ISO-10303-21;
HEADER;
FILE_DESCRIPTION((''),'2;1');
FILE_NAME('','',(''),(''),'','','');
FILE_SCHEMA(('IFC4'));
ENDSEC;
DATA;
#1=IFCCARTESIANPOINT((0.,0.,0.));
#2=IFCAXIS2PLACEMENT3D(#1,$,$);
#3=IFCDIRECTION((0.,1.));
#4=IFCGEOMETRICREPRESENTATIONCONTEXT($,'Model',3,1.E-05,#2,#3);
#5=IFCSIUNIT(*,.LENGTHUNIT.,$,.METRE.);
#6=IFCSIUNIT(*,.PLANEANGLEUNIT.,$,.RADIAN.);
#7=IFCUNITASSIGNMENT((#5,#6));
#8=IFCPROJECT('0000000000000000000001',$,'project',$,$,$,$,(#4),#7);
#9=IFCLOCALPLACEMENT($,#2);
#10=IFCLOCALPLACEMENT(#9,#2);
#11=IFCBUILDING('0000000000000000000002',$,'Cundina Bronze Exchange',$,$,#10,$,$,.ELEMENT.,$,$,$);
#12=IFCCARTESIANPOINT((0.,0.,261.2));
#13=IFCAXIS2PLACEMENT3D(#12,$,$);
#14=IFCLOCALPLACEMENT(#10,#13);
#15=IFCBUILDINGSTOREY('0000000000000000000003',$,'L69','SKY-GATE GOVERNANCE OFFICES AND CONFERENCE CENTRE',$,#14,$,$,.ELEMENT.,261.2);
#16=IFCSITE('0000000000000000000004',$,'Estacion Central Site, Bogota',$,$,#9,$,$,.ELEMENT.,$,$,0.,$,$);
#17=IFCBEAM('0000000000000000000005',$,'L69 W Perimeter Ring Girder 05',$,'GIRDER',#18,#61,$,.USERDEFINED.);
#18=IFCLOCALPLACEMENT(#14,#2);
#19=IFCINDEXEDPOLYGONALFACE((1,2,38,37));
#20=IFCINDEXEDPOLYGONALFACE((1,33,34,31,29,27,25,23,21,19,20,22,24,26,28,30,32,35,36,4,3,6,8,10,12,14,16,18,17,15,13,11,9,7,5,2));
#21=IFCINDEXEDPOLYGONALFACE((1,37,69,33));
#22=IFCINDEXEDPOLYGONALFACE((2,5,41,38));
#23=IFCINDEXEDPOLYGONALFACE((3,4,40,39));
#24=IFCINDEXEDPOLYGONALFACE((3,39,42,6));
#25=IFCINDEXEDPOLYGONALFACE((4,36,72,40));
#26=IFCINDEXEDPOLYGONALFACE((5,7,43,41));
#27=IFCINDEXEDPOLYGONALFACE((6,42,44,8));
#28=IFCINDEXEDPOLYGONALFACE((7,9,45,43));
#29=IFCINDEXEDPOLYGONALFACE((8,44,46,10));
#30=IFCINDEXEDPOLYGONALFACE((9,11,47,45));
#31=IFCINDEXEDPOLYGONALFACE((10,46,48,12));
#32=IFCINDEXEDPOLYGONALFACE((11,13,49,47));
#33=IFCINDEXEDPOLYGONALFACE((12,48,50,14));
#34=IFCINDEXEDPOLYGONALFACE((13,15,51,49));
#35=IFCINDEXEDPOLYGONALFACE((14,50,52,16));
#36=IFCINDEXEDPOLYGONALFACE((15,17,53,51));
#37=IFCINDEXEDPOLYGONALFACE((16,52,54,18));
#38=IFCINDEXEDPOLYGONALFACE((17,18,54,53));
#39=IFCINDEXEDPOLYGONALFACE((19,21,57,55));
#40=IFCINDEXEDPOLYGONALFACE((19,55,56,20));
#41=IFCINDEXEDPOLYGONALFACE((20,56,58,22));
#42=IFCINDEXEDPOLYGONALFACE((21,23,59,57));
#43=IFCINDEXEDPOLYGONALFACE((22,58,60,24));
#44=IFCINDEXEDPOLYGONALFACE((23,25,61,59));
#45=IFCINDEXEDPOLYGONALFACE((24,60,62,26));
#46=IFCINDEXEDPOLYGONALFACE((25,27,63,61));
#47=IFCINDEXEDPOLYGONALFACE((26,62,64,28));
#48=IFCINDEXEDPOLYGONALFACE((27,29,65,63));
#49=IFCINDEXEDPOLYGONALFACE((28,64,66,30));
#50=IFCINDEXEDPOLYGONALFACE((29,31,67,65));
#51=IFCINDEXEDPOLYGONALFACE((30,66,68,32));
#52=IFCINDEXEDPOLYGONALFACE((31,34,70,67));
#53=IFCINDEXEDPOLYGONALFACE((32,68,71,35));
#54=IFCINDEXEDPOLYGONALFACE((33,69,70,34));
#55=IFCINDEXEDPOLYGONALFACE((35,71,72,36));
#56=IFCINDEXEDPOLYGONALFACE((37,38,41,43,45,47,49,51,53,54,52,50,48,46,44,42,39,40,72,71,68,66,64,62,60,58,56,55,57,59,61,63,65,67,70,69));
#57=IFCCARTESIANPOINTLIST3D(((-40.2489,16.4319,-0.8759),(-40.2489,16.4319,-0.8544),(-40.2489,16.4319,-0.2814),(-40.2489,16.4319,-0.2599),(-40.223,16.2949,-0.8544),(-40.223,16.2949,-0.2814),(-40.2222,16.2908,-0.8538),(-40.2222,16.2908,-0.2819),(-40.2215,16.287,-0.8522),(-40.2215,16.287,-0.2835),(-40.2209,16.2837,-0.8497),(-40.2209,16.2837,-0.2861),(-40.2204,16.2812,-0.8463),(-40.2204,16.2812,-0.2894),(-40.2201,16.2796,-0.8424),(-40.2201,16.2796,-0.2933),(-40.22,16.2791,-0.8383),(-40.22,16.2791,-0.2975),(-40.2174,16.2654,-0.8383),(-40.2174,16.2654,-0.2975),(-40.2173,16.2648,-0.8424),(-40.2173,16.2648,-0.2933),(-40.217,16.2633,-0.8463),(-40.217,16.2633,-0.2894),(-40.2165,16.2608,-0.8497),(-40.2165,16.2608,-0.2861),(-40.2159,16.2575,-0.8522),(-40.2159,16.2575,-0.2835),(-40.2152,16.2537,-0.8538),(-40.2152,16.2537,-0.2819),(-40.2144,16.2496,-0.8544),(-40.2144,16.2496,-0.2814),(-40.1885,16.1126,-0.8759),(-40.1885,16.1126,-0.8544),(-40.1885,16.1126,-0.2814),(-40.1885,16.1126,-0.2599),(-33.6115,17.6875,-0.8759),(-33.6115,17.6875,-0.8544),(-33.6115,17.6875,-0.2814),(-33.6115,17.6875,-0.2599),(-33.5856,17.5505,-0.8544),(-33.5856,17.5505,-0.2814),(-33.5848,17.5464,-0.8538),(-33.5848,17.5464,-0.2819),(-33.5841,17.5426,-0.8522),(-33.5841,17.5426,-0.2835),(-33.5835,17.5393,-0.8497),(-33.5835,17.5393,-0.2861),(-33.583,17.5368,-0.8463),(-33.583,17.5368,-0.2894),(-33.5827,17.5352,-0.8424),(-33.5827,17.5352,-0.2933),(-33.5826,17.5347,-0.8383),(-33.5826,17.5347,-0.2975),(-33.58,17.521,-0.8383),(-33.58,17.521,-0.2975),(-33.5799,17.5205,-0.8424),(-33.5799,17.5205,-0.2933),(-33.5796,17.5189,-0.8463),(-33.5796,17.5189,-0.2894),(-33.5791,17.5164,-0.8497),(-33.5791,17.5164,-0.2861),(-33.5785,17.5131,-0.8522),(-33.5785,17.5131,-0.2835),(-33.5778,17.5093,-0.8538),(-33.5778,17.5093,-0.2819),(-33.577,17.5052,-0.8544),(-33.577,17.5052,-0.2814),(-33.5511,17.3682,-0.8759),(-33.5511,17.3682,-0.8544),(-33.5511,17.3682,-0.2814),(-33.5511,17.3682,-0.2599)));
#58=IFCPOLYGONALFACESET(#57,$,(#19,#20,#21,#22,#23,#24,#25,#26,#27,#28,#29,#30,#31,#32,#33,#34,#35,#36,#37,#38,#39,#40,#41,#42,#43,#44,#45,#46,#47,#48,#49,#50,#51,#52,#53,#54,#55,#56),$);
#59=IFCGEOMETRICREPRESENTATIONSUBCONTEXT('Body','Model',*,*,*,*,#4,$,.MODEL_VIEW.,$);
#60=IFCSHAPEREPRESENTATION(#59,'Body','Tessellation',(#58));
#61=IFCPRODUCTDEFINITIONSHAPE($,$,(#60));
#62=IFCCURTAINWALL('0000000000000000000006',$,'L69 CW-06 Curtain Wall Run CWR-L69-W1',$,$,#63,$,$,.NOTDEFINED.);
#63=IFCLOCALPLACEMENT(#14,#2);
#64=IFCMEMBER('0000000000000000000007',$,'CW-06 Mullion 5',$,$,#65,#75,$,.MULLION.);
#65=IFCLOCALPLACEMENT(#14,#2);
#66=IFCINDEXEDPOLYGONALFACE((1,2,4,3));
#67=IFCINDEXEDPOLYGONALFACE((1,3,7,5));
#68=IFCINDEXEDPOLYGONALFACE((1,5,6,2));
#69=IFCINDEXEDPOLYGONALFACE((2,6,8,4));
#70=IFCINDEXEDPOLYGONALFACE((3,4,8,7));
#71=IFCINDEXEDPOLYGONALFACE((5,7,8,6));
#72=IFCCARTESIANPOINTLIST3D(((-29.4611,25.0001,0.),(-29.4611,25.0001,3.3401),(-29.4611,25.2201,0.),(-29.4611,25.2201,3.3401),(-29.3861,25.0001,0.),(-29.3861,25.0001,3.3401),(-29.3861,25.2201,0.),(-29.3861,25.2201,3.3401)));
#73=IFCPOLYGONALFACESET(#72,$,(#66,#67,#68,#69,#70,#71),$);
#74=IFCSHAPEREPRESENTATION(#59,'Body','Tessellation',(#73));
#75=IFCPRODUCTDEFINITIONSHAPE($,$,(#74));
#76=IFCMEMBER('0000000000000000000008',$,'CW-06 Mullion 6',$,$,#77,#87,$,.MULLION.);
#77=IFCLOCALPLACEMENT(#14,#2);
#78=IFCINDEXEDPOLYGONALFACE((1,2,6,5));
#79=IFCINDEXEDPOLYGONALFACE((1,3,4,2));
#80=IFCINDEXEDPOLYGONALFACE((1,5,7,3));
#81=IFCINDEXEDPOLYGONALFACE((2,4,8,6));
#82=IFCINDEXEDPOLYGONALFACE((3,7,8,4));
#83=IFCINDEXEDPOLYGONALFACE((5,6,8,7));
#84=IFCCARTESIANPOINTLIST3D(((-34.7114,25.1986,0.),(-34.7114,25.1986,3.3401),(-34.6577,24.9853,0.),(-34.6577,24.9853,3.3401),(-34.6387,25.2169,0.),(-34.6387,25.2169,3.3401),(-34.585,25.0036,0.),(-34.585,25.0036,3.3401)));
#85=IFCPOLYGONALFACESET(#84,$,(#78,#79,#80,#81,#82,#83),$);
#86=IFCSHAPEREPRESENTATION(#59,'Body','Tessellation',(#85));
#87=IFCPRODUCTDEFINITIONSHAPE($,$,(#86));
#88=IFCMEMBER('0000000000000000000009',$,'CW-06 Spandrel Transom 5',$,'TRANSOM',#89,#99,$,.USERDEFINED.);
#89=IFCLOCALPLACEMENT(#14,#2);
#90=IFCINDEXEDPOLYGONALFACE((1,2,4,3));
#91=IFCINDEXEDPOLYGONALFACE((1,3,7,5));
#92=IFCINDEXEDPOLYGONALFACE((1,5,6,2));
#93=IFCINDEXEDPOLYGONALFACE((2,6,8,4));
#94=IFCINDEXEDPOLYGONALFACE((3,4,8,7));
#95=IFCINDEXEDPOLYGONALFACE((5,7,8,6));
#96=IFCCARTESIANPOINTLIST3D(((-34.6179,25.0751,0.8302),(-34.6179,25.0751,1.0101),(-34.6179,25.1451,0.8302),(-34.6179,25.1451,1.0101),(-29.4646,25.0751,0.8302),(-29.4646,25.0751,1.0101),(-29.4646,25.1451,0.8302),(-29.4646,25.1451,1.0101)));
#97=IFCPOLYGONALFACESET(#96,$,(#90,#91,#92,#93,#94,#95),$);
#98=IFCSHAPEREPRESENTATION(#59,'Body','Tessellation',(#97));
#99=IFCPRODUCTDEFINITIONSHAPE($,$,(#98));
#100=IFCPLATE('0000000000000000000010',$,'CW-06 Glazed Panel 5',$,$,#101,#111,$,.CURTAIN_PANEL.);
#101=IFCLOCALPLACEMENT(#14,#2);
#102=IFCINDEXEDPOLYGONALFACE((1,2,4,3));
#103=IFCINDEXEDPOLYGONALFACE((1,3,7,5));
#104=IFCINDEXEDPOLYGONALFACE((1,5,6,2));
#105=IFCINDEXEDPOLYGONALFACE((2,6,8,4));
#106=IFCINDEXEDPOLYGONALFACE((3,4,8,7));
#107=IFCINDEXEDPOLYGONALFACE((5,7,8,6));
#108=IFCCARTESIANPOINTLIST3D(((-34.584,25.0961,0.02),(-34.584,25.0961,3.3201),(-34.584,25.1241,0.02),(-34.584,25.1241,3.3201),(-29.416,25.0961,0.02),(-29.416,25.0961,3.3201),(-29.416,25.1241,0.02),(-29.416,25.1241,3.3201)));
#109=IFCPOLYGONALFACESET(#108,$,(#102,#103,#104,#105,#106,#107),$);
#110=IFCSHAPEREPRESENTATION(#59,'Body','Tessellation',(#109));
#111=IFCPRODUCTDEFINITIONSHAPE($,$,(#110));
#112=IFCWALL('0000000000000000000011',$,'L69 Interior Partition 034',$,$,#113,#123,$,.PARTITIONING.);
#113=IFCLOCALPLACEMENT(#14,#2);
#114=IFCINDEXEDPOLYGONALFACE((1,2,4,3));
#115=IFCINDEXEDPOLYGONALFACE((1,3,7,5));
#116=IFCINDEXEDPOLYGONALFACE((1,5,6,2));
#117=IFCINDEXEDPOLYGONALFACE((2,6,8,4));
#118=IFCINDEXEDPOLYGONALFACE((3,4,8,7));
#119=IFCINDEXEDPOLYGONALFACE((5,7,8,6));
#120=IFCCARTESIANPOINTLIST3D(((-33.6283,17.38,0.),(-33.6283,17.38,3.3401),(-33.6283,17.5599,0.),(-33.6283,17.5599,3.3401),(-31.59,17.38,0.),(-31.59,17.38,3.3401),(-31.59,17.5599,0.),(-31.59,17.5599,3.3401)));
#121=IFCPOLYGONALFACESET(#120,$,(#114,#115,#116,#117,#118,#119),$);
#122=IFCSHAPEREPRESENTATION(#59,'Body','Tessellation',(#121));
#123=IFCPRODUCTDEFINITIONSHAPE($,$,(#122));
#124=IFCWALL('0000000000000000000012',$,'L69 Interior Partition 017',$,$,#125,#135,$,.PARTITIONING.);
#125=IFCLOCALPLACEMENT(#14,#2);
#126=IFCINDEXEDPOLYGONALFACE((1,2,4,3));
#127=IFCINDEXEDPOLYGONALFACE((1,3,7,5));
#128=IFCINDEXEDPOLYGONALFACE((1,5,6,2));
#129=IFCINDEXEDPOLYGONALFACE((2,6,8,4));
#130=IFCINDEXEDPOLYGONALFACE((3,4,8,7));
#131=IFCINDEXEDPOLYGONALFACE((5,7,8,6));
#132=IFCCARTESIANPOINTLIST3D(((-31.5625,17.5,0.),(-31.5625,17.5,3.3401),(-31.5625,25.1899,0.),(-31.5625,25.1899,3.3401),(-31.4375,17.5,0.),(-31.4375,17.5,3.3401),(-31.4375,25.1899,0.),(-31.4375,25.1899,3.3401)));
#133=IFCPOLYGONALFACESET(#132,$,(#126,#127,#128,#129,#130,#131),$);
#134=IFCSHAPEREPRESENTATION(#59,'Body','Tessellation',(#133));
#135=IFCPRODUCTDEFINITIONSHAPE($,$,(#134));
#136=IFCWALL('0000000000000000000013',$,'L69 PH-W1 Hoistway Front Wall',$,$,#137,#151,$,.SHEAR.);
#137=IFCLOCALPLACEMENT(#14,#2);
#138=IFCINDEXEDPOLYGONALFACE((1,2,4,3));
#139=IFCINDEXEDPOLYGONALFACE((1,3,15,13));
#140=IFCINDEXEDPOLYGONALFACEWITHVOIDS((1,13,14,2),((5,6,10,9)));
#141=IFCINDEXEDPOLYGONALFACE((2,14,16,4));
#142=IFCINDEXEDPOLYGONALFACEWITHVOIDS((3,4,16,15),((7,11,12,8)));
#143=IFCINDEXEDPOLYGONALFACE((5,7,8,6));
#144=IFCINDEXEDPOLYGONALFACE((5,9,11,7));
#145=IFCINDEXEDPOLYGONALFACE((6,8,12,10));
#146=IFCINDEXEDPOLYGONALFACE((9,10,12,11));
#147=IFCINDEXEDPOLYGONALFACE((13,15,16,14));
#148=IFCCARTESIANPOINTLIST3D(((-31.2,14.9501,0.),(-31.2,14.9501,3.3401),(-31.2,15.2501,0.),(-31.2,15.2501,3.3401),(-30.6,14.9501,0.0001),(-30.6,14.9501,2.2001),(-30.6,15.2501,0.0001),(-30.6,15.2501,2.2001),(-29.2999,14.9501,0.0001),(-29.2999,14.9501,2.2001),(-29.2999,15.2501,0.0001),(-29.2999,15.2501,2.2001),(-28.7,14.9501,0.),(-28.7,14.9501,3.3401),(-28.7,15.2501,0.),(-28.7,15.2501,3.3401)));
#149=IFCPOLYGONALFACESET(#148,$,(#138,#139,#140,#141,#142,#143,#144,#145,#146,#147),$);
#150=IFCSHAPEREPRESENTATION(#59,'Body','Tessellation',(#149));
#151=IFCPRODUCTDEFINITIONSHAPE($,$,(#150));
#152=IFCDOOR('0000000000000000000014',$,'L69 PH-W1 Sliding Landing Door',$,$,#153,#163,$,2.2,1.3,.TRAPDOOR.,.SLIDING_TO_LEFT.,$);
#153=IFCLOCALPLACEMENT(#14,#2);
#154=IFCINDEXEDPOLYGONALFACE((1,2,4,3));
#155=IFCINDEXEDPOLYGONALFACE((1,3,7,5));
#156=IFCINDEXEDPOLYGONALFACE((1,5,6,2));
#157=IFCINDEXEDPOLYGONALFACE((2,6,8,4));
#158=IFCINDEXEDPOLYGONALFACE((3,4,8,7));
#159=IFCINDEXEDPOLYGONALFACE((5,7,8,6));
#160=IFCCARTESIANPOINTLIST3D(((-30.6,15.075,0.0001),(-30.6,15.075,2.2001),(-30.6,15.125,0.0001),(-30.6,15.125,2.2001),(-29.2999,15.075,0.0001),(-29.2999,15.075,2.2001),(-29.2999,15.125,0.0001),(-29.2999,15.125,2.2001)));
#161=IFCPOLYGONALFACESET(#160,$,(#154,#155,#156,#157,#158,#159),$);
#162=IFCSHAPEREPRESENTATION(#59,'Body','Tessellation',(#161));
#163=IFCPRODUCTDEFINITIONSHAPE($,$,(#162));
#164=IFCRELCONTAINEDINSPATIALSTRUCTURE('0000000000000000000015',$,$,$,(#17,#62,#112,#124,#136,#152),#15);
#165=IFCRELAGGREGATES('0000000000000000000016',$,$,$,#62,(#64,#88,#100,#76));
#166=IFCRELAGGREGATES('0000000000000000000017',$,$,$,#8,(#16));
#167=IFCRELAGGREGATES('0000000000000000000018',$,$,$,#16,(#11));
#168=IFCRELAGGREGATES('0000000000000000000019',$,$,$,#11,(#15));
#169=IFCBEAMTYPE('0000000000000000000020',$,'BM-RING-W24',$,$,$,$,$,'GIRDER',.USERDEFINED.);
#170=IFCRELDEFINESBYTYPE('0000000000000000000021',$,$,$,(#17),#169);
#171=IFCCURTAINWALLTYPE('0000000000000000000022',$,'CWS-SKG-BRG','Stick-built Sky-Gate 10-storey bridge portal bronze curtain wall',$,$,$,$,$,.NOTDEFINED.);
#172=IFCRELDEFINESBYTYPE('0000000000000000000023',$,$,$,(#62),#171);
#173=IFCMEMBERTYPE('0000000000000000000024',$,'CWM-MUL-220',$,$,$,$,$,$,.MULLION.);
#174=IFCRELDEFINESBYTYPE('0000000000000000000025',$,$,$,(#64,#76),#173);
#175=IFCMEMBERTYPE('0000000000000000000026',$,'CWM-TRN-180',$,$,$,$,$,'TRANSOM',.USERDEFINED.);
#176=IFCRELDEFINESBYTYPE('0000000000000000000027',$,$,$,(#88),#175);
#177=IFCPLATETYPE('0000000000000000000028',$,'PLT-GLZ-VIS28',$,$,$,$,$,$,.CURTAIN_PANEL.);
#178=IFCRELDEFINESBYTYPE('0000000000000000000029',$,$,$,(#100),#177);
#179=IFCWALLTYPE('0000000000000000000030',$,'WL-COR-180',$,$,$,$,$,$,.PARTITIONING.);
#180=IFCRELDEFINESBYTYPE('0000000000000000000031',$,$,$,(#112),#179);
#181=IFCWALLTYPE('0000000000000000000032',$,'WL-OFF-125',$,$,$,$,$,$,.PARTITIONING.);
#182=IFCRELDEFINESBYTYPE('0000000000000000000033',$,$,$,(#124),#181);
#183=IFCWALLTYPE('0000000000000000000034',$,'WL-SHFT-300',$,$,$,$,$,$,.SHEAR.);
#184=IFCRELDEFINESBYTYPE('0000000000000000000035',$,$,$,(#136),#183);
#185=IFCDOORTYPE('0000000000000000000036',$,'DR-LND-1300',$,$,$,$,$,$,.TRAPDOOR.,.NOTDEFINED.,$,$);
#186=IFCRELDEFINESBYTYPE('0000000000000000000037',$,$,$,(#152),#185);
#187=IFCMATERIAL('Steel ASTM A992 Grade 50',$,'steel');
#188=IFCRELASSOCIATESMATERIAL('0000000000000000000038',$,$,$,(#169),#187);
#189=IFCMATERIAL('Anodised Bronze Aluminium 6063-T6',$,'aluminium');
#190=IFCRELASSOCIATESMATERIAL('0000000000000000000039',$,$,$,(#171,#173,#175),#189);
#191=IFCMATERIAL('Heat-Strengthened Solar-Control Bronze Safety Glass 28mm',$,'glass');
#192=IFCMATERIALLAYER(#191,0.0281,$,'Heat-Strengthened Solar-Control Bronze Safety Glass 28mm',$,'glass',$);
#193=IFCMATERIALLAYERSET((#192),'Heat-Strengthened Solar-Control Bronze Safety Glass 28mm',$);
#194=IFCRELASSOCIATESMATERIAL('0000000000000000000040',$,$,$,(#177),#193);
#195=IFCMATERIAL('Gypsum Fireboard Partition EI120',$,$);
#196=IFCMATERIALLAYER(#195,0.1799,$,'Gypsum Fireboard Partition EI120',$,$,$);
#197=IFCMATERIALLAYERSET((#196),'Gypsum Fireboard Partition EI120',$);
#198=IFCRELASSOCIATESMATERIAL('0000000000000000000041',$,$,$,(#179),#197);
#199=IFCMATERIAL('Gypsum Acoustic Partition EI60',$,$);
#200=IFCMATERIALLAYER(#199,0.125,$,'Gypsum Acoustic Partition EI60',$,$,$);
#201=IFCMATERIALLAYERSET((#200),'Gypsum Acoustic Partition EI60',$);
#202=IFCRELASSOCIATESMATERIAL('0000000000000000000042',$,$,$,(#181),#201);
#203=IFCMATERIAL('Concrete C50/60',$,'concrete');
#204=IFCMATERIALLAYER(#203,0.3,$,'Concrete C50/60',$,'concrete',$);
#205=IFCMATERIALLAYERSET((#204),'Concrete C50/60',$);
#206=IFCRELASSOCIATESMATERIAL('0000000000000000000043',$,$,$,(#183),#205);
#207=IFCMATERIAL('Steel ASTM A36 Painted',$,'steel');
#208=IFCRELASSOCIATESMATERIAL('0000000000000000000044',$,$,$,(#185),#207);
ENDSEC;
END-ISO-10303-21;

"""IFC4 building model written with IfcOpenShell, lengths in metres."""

from ifc_helpers import new_model, si_unit, direction, frame, frame_2d, origin, origin_2d, place, context, subcontext, project, spatial, rectangle, i_section, extrude, material, layer, layer_set, material_profile, profile_set, type_object, element, fill, aggregate, save


model = new_model("IFC4")

# Units and contexts
model_context = context("Model", 3, precision=1e-05, world=origin(), true_north=direction((0.0, 1.0)))
body_context = subcontext(model_context, "Body", "Model", "MODEL_VIEW")
ifc_project = project(units=[si_unit("LENGTHUNIT", "METRE"), si_unit("PLANEANGLEUNIT", "RADIAN")], contexts=[model_context])

# Site, building, storey
site_placement = place(None, origin())
site = spatial("IfcSite", under=ifc_project, at=site_placement, Name="Estacion Central Site, Bogota", CompositionType="ELEMENT", RefElevation=0.0)
building_placement = place(site_placement, origin())
building = spatial("IfcBuilding", under=site, at=building_placement, Name="Cundina Bronze Exchange", CompositionType="ELEMENT")
storey_placement = place(building_placement, frame((0.0, 0.0, 261.2)))
storey = spatial("IfcBuildingStorey", under=building, at=storey_placement, Name="L69", Description="SKY-GATE GOVERNANCE OFFICES AND CONFERENCE CENTRE", CompositionType="ELEMENT", Elevation=261.2)

# Shared definitions
ifc_material_1 = material(Name="Concrete C50/60", Category="concrete")

# Beam
ifc_material_2 = material(Name="Steel ASTM A992 Grade 50", Category="steel")
ifc_material_profile_1 = material_profile(ifc_material_2, i_section(OverallWidth=0.325, OverallDepth=0.616, WebThickness=0.0139, FlangeThickness=0.0215, FilletRadius=0.0161, at=origin_2d()), Name="W24X117", Category="steel")
ifc_profile_set_1 = profile_set([ifc_material_profile_1], Name="Steel ASTM A992 Grade 50")
beam_type_1 = type_object("IfcBeamType", Name="BM-RING-W24", ElementType="GIRDER", PredefinedType="USERDEFINED", material=ifc_profile_set_1)
beam_1_placement = place(storey_placement, frame((-33.5813, 17.5278, -0.5679), z_axis=(-0.982573, -0.185875, 0.0), x_axis=(0.185875, -0.982573, 0.0)))
element("IfcBeam", 1, at=beam_1_placement, inside=storey, type_object=beam_type_1, Name="L69 W Perimeter Ring Girder 05", ObjectType="GIRDER", PredefinedType="USERDEFINED", context=body_context, shape_type="SweptSolid", body=[
    extrude(i_section(OverallWidth=0.325, OverallDepth=0.616, WebThickness=0.0139, FlangeThickness=0.0215, FilletRadius=0.0161, at=origin_2d()), origin(), (0.0, 0.0, 1.0), 6.7551),
])

# Curtain wall, members, plate
ifc_material_3 = material(Name="Anodised Bronze Aluminium 6063-T6", Category="aluminium")
curtain_wall_type = type_object("IfcCurtainWallType", Name="CWS-SKG-BRG", Description="Stick-built Sky-Gate 10-storey bridge portal bronze curtain wall", PredefinedType="NOTDEFINED", material=ifc_material_3)
curtain_wall_placement = place(storey_placement, origin())
curtain_wall = element("IfcCurtainWall", 2, at=curtain_wall_placement, inside=storey, type_object=curtain_wall_type, Name="L69 CW-06 Curtain Wall Run CWR-L69-W1", PredefinedType="NOTDEFINED")
ifc_material_profile_2 = material_profile(ifc_material_3, rectangle(XDim=0.075, YDim=0.22, at=origin_2d()), Name="AL75X220", Category="aluminium")
ifc_profile_set_2 = profile_set([ifc_material_profile_2], Name="Anodised Bronze Aluminium 6063-T6")
member_type_1 = type_object("IfcMemberType", Name="CWM-MUL-220", PredefinedType="MULLION", material=ifc_profile_set_2)
member_1_placement = place(storey_placement, frame((-29.4236, 25.1101, 0.0), z_axis=(0.0, 0.0, 1.0), x_axis=(-1.0, 0.0, 0.0)))
member_1 = element("IfcMember", 3, at=member_1_placement, type_object=member_type_1, Name="CW-06 Mullion 5", PredefinedType="MULLION", context=body_context, shape_type="SweptSolid", body=[
    extrude(rectangle(XDim=0.075, YDim=0.22, at=origin_2d()), origin(), (0.0, 0.0, 1.0), 3.3401),
])
member_2_placement = place(storey_placement, frame((-34.6482, 25.1011, 0.0), z_axis=(0.0, 0.0, 1.0), x_axis=(-0.969744, -0.244123, 0.0)))
member_2 = element("IfcMember", 4, at=member_2_placement, type_object=member_type_1, Name="CW-06 Mullion 6", PredefinedType="MULLION", context=body_context, shape_type="SweptSolid", body=[
    extrude(rectangle(XDim=0.075, YDim=0.22, at=origin_2d()), origin(), (0.0, 0.0, 1.0), 3.3401),
])
ifc_material_profile_3 = material_profile(ifc_material_3, rectangle(XDim=0.0701, YDim=0.1799, at=origin_2d()), Name="AL70X180", Category="aluminium")
ifc_profile_set_3 = profile_set([ifc_material_profile_3], Name="Anodised Bronze Aluminium 6063-T6")
member_type_2 = type_object("IfcMemberType", Name="CWM-TRN-180", ElementType="TRANSOM", PredefinedType="USERDEFINED", material=ifc_profile_set_3)
member_3_placement = place(storey_placement, frame((-29.4646, 25.1101, 0.9202), z_axis=(-1.0, 0.0, 0.0), x_axis=(0.0, -1.0, 0.0)))
member_3 = element("IfcMember", 5, at=member_3_placement, type_object=member_type_2, Name="CW-06 Spandrel Transom 5", ObjectType="TRANSOM", PredefinedType="USERDEFINED", context=body_context, shape_type="SweptSolid", body=[
    extrude(rectangle(XDim=0.0701, YDim=0.1799, at=origin_2d()), origin(), (0.0, 0.0, 1.0), 5.1533),
])
ifc_material_4 = material(Name="Heat-Strengthened Solar-Control Bronze Safety Glass 28mm", Category="glass")
ifc_layer_1 = layer(ifc_material_4, 0.0281, Name="Heat-Strengthened Solar-Control Bronze Safety Glass 28mm", Category="glass")
ifc_layer_set_1 = layer_set([ifc_layer_1], Name="Heat-Strengthened Solar-Control Bronze Safety Glass 28mm")
plate_type = type_object("IfcPlateType", Name="PLT-GLZ-VIS28", PredefinedType="CURTAIN_PANEL", material=ifc_layer_set_1)
plate_placement = place(storey_placement, frame((-32.0, 25.1101, 0.02), z_axis=(0.0, 0.0, 1.0), x_axis=(-1.0, 0.0, 0.0)))
plate = element("IfcPlate", 6, at=plate_placement, type_object=plate_type, Name="CW-06 Glazed Panel 5", PredefinedType="CURTAIN_PANEL", context=body_context, shape_type="SweptSolid", body=[
    extrude(rectangle(XDim=5.168, YDim=0.0281, at=origin_2d()), origin(), (0.0, 0.0, 1.0), 3.3),
])
aggregate(curtain_wall, [member_1, member_3, plate, member_2])

# Shared definitions
ifc_material_5 = material(Name="Gypsum Fireboard Partition EI120")
ifc_layer_2 = layer(ifc_material_5, 0.1799, Name="Gypsum Fireboard Partition EI120")
ifc_layer_set_2 = layer_set([ifc_layer_2], Name="Gypsum Fireboard Partition EI120")
wall_type_1 = type_object("IfcWallType", Name="WL-COR-180", PredefinedType="PARTITIONING", material=ifc_layer_set_2)

# Walls
wall_1_placement = place(storey_placement, frame((-31.5901, 17.47, 0.0), z_axis=(0.0, 0.0, 1.0), x_axis=(-1.0, 0.0, 0.0)))
element("IfcWall", 7, at=wall_1_placement, inside=storey, type_object=wall_type_1, Name="L69 Interior Partition 034", PredefinedType="PARTITIONING", context=body_context, shape_type="SweptSolid", body=[
    extrude(rectangle(XDim=2.0383, YDim=0.1799, at=frame_2d((1.019, 0.0))), origin(), (0.0, 0.0, 1.0), 3.3401),
])
ifc_material_6 = material(Name="Gypsum Acoustic Partition EI60")
ifc_layer_3 = layer(ifc_material_6, 0.125, Name="Gypsum Acoustic Partition EI60")
ifc_layer_set_3 = layer_set([ifc_layer_3], Name="Gypsum Acoustic Partition EI60")
wall_type_2 = type_object("IfcWallType", Name="WL-OFF-125", PredefinedType="PARTITIONING", material=ifc_layer_set_3)
wall_2_placement = place(storey_placement, frame((-31.5, 17.5, 0.0), z_axis=(0.0, 0.0, 1.0), x_axis=(0.0, 1.0, 0.0)))
element("IfcWall", 8, at=wall_2_placement, inside=storey, type_object=wall_type_2, Name="L69 Interior Partition 017", PredefinedType="PARTITIONING", context=body_context, shape_type="SweptSolid", body=[
    extrude(rectangle(XDim=7.6899, YDim=0.125, at=frame_2d((3.845, 0.0))), origin(), (0.0, 0.0, 1.0), 3.3401),
])

# Wall, opening, door
ifc_layer_4 = layer(ifc_material_1, 0.3, Name="Concrete C50/60", Category="concrete")
ifc_layer_set_4 = layer_set([ifc_layer_4], Name="Concrete C50/60")
wall_type_3 = type_object("IfcWallType", Name="WL-SHFT-300", PredefinedType="SHEAR", material=ifc_layer_set_4)
wall_3_placement = place(storey_placement, frame((-31.2, 15.1001, 0.0), z_axis=(0.0, 0.0, 1.0), x_axis=(1.0, 0.0, 0.0)))
wall_3 = element("IfcWall", 9, at=wall_3_placement, inside=storey, type_object=wall_type_3, Name="L69 PH-W1 Hoistway Front Wall", PredefinedType="SHEAR", context=body_context, shape_type="SweptSolid", body=[
    extrude(rectangle(XDim=2.5, YDim=0.3, at=frame_2d((1.25, 0.0))), origin(), (0.0, 0.0, 1.0), 3.3401),
])
opening_1_placement = place(wall_3_placement, frame((0.6001, 0.0, 0.0)))
opening_1 = element("IfcOpeningElement", 10, at=opening_1_placement, cuts=wall_3, PredefinedType="OPENING", context=body_context, shape_type="SweptSolid", body=[
    extrude(rectangle(XDim=1.3, YDim=2.2, at=frame_2d((0.6499, 1.1001))), frame((0.0, 0.1599, 0.0), z_axis=(0.0, -1.0, 0.0), x_axis=(1.0, 0.0, 0.0)), (0.0, 0.0, 1.0), 0.3201),
])
ifc_material_7 = material(Name="Steel ASTM A36 Painted", Category="steel")
door_type_1 = type_object("IfcDoorType", Name="DR-LND-1300", OperationType="NOTDEFINED", PredefinedType="TRAPDOOR", material=ifc_material_7)
door_1_placement = place(opening_1_placement, origin())
door_1 = element("IfcDoor", 11, at=door_1_placement, inside=storey, type_object=door_type_1, Name="L69 PH-W1 Sliding Landing Door", OperationType="SLIDING_TO_LEFT", OverallHeight=2.2, OverallWidth=1.3, PredefinedType="TRAPDOOR", context=body_context, shape_type="SweptSolid", body=[
    extrude(rectangle(XDim=1.3, YDim=2.2, at=frame_2d((0.6499, 1.1001))), frame((0.0, 0.0249, 0.0), z_axis=(0.0, -1.0, 0.0), x_axis=(1.0, 0.0, 0.0)), (0.0, 0.0, 1.0), 0.05),
])
fill(opening_1, door_1)

save(model, "model.ifc")
